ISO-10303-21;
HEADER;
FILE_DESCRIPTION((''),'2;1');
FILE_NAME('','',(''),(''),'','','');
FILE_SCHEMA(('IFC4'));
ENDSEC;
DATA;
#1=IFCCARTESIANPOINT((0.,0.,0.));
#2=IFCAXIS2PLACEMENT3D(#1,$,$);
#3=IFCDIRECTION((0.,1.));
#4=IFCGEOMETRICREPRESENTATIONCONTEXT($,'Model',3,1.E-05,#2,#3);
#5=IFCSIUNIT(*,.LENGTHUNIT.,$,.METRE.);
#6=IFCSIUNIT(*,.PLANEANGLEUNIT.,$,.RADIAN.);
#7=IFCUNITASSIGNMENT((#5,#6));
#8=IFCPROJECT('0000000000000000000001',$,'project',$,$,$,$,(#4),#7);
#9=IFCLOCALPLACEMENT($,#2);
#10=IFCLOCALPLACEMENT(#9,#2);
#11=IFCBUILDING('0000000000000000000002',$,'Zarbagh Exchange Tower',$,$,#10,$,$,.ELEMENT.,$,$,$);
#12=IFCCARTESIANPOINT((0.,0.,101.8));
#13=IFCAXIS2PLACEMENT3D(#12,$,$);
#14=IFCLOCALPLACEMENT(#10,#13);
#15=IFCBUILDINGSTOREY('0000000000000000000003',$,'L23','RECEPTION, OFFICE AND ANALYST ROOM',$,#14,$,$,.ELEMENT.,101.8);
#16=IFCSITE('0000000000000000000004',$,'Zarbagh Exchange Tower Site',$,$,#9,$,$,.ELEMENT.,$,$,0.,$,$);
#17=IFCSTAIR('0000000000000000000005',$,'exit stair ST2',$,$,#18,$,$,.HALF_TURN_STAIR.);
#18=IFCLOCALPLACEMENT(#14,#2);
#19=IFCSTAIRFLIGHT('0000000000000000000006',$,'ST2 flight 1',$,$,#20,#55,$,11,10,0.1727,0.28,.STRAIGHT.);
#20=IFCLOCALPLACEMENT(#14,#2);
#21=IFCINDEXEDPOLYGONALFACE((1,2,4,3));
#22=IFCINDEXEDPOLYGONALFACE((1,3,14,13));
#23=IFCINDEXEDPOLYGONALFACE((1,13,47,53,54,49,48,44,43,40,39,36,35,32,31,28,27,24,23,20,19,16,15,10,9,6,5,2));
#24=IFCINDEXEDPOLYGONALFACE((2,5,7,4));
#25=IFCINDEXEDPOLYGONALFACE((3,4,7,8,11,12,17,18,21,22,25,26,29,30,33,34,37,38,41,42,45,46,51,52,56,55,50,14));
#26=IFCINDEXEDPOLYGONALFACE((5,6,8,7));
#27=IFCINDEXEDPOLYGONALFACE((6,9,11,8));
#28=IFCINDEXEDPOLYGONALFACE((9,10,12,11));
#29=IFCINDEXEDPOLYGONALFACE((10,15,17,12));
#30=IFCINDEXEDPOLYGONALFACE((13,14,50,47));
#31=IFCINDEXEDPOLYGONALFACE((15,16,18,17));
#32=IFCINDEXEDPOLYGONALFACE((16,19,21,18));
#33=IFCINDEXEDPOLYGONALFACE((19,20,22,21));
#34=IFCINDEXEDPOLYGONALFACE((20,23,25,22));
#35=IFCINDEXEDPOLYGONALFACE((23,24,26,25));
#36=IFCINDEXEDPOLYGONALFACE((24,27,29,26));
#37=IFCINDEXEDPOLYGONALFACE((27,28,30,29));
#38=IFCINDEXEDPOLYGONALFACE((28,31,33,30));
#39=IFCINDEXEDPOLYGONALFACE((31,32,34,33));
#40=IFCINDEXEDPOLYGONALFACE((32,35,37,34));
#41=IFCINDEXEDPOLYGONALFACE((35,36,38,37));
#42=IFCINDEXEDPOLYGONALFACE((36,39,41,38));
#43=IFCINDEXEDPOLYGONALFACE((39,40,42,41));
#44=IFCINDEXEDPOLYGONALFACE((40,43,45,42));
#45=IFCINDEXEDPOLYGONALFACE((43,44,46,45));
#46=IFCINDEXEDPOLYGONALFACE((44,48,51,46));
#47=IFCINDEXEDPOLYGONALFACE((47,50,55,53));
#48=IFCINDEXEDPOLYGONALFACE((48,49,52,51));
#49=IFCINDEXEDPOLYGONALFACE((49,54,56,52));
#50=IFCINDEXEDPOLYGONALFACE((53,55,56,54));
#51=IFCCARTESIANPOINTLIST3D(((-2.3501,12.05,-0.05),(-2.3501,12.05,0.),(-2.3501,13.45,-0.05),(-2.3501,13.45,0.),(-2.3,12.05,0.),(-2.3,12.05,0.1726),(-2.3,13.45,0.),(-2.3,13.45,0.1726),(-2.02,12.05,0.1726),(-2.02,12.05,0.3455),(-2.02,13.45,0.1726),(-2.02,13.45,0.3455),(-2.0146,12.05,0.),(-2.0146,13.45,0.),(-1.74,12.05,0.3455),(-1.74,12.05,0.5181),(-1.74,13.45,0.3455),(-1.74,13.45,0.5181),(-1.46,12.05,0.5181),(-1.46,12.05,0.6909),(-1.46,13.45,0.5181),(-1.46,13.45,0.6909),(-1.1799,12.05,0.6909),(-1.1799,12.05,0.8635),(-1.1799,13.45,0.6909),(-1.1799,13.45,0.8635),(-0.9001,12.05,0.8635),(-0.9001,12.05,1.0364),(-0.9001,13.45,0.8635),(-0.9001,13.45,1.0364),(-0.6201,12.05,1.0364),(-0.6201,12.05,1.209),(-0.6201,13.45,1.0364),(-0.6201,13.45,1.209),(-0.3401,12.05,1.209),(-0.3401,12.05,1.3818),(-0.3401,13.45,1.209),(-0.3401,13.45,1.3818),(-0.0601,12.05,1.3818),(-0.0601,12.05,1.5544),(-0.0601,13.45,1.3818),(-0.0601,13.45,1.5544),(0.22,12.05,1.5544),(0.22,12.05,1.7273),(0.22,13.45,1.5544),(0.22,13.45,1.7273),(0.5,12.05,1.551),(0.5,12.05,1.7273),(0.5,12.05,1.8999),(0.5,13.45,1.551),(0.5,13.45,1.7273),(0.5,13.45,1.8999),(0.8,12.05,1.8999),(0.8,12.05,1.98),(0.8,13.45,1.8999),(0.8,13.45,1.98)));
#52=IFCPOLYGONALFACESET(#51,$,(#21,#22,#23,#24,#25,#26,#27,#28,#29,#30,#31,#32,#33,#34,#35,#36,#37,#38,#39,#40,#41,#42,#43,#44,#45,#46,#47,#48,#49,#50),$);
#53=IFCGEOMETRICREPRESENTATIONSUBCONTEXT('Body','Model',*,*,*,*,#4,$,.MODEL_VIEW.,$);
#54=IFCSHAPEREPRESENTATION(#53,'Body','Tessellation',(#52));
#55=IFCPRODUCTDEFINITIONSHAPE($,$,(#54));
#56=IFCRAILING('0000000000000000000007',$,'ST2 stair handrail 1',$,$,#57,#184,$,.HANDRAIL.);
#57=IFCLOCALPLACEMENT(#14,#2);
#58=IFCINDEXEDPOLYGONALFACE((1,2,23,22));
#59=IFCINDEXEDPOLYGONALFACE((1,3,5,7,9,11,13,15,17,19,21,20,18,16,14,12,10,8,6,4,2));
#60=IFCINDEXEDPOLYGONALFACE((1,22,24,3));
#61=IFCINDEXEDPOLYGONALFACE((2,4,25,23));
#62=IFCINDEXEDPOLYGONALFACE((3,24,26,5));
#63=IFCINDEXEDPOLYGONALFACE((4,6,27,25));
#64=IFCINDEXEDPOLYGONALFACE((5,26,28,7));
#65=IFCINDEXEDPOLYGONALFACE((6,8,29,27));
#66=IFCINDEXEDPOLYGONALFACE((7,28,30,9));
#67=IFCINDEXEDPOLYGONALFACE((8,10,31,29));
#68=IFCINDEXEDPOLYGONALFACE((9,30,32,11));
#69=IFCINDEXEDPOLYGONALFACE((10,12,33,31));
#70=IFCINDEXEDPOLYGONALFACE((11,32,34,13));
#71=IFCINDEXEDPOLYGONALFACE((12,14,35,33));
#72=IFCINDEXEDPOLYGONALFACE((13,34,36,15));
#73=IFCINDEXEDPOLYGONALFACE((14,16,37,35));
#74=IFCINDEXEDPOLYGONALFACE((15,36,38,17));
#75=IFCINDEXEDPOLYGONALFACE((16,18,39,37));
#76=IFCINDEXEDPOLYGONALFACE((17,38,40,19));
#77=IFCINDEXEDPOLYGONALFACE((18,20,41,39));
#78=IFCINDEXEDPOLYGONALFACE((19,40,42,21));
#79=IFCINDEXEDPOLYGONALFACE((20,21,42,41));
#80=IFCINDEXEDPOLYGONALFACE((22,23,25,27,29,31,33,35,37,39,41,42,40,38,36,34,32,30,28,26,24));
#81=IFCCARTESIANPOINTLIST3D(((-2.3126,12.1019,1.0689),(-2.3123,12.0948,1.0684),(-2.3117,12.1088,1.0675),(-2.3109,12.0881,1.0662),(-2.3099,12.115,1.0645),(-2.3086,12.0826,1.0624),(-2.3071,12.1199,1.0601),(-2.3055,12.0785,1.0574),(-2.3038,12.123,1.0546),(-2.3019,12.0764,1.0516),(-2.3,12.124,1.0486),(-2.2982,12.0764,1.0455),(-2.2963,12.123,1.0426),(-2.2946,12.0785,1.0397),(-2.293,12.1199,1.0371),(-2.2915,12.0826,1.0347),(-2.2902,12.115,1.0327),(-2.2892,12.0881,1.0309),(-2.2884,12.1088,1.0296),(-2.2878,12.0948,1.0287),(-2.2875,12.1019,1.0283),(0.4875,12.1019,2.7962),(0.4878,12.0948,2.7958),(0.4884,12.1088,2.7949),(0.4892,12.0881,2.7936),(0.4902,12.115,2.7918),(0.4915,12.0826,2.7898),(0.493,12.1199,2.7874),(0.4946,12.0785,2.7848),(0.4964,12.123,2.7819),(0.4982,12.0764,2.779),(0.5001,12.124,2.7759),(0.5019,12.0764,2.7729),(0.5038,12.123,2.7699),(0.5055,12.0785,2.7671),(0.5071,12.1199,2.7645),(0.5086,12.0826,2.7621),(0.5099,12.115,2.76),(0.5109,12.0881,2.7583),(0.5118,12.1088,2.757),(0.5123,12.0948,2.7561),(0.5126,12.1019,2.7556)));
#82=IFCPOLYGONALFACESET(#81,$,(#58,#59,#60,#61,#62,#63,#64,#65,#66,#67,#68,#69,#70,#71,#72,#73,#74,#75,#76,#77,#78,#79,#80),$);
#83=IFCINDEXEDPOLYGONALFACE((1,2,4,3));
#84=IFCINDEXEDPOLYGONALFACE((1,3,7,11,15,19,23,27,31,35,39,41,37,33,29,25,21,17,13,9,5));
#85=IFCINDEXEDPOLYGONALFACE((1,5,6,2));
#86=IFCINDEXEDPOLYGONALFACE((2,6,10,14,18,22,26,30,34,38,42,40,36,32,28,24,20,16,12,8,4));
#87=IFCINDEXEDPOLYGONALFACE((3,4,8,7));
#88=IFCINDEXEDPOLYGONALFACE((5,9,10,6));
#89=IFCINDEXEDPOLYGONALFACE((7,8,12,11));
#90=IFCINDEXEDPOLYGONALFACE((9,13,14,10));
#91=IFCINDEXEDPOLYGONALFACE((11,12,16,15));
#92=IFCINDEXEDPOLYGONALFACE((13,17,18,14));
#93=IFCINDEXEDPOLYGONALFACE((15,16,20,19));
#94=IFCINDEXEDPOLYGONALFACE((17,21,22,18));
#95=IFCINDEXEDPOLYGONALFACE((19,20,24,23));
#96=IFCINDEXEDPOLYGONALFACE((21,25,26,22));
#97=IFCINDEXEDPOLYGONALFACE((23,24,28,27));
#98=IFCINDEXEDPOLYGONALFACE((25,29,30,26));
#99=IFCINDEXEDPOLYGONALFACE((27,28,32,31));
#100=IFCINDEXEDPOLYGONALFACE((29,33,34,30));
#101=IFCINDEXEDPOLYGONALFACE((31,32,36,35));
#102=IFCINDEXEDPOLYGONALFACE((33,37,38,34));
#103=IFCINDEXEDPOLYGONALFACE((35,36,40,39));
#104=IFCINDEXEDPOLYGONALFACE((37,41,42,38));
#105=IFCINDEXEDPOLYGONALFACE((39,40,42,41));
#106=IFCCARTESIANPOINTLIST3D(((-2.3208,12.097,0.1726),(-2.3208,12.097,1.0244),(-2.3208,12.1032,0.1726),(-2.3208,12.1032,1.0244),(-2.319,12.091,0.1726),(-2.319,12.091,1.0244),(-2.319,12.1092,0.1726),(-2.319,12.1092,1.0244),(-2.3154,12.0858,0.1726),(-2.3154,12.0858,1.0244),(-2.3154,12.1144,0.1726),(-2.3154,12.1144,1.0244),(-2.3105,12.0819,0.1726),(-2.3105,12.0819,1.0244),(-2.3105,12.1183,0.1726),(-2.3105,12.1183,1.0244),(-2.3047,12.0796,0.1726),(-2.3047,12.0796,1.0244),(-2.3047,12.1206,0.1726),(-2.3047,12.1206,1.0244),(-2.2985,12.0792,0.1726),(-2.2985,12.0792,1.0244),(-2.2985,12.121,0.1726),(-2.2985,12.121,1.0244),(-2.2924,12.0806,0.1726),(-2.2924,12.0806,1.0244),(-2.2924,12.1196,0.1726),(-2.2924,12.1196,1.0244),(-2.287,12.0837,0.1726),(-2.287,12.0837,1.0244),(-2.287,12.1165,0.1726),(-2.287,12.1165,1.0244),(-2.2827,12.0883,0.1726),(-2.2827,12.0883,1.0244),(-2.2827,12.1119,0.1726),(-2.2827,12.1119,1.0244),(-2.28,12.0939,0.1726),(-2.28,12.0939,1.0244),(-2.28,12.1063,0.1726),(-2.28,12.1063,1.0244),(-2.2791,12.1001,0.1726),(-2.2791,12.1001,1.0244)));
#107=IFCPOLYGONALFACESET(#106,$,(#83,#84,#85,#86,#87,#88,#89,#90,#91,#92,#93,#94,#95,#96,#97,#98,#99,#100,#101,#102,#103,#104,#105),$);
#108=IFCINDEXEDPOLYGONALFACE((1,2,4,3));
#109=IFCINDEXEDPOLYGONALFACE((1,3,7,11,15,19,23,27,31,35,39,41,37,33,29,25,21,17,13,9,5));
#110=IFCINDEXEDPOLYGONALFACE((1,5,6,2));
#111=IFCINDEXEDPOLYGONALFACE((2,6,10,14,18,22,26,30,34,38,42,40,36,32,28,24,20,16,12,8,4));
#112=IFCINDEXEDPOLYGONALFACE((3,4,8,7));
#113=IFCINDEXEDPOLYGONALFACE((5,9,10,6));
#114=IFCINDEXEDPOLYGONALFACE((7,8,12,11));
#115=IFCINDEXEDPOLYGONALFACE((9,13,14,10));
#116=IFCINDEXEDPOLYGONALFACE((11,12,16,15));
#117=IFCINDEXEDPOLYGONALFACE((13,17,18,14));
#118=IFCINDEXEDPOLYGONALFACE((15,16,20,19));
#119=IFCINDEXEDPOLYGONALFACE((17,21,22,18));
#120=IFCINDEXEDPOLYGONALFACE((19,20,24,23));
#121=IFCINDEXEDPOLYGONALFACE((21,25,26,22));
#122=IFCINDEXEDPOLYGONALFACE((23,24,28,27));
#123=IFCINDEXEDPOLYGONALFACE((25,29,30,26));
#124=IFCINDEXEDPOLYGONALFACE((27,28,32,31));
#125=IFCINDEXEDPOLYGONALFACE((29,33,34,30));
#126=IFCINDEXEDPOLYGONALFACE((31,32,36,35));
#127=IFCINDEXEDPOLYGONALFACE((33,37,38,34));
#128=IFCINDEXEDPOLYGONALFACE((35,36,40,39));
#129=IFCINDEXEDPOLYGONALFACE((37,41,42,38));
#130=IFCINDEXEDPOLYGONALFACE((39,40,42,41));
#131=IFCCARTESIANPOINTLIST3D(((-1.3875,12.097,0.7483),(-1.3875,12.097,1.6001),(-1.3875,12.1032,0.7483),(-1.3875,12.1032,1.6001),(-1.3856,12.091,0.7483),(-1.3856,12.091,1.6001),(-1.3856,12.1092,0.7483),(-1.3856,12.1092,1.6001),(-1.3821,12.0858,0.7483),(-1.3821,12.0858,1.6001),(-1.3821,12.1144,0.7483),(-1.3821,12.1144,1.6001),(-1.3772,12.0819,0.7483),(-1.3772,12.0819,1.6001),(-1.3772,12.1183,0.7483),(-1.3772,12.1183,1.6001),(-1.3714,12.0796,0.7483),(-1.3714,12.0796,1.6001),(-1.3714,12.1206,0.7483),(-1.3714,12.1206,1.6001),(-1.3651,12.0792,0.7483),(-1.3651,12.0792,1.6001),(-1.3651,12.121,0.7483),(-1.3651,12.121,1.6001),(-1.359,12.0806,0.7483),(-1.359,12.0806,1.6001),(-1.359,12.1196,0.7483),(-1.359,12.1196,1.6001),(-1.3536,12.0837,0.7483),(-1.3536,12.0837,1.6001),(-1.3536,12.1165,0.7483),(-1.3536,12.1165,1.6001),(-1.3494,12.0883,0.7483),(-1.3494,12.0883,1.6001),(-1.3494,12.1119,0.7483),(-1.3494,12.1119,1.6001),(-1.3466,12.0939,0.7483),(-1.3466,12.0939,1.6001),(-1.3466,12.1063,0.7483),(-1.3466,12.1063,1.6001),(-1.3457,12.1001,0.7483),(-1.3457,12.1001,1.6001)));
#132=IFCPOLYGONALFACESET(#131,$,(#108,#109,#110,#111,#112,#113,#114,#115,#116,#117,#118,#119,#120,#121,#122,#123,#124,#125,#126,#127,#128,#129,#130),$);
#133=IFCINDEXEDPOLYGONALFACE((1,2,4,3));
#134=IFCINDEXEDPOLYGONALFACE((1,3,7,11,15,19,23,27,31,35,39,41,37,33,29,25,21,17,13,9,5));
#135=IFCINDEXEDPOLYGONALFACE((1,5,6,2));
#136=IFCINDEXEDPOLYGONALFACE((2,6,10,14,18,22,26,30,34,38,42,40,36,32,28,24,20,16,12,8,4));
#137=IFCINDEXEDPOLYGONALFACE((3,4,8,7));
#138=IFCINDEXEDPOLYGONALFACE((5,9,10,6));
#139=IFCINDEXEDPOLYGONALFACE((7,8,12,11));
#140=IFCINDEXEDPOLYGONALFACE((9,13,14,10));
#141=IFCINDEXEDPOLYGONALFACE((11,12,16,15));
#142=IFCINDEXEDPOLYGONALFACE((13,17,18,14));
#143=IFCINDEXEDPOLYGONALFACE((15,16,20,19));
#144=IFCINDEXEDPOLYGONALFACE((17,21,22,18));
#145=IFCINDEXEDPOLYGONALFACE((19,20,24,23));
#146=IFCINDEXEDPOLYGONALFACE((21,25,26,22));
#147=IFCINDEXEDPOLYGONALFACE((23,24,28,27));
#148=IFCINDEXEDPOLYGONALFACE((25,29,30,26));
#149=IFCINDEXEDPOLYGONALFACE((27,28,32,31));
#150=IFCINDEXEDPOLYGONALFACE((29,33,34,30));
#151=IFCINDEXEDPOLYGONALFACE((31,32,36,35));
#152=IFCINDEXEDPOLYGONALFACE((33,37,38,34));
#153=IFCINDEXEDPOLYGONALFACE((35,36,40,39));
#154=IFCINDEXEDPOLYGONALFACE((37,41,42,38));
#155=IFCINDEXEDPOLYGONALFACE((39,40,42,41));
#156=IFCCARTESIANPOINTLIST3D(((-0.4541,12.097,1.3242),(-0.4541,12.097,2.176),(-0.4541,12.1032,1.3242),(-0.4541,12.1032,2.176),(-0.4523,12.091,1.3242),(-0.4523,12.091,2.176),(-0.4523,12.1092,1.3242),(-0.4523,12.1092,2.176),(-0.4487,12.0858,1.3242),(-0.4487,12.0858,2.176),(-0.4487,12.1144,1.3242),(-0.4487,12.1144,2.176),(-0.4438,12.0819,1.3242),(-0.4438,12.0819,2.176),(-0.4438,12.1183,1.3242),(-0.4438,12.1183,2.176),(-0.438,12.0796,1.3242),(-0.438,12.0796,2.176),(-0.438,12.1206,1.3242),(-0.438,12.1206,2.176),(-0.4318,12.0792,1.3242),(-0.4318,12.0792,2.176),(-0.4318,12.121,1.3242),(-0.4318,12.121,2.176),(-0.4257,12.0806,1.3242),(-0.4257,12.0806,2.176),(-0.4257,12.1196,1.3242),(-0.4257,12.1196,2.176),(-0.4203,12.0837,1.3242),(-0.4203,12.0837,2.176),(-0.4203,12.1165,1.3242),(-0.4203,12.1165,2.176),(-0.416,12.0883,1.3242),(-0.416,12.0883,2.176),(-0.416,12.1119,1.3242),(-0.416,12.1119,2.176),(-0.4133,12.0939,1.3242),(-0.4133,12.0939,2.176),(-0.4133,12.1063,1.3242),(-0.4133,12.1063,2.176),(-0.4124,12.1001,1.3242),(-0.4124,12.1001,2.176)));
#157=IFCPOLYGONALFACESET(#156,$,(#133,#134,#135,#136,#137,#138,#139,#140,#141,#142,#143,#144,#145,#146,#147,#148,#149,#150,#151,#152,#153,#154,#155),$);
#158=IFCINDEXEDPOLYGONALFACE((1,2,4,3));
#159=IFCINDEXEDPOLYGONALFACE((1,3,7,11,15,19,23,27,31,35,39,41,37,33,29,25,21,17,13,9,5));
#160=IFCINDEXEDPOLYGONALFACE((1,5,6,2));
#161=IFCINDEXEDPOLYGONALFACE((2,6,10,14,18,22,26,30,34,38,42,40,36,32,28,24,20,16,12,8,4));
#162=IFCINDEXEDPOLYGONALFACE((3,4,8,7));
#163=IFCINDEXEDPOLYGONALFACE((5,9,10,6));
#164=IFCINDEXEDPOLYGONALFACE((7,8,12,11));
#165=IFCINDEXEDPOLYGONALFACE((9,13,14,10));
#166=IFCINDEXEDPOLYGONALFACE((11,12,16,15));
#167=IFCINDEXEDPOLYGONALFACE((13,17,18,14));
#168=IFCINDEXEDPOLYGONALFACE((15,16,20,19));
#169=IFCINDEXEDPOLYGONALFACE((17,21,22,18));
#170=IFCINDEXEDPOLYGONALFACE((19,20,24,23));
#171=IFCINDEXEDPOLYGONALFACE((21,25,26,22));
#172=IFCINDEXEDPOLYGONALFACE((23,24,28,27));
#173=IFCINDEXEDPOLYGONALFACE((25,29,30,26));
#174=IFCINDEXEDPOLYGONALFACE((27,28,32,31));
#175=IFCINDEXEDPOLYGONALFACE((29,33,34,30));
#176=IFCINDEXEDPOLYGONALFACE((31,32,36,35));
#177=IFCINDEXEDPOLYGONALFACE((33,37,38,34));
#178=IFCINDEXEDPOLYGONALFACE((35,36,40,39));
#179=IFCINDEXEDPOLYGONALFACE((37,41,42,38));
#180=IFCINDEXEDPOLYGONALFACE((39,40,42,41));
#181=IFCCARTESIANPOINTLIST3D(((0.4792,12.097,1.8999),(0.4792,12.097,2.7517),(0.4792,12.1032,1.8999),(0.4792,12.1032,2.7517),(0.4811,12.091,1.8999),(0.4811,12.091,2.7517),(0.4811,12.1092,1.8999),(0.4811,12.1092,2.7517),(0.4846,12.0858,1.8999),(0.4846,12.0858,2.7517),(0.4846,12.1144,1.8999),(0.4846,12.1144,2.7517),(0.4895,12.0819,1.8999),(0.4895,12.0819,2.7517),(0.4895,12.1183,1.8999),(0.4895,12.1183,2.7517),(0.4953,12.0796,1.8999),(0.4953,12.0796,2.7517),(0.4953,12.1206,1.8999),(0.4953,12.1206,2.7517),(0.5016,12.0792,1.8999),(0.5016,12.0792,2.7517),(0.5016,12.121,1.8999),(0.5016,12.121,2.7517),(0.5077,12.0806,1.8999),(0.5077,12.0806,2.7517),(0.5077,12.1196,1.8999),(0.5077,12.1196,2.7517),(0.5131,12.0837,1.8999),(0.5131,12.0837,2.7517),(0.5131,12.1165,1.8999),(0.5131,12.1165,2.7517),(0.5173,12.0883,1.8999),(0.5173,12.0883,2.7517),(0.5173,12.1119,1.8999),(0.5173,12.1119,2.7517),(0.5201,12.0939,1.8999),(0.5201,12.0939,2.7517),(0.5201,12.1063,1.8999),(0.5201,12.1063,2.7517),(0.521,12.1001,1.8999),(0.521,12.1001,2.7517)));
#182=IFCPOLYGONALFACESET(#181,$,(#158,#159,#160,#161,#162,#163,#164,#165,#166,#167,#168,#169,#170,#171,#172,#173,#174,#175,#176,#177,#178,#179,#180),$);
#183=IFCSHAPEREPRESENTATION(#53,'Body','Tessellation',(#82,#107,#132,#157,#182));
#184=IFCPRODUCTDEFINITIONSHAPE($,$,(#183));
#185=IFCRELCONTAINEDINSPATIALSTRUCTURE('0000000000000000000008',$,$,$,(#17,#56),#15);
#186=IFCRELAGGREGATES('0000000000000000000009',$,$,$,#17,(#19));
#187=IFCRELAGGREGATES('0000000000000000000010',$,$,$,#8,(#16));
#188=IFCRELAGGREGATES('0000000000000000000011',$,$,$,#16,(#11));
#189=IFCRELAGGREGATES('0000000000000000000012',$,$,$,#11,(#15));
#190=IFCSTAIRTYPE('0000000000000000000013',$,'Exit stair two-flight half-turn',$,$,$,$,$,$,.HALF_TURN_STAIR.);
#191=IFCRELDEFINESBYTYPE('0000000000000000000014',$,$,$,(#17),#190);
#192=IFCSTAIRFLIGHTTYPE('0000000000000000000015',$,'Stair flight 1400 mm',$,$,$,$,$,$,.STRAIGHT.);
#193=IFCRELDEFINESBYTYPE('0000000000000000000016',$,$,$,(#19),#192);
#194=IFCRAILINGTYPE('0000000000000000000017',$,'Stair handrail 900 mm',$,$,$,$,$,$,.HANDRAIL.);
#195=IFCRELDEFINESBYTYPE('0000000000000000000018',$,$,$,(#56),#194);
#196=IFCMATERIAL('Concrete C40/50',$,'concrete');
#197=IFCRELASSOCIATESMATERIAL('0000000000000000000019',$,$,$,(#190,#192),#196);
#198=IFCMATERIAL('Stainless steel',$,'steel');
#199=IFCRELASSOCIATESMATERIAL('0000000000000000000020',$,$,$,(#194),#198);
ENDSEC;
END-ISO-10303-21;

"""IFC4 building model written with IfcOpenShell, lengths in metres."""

from ifc_helpers import new_model, si_unit, direction, frame, origin, origin_2d, place, context, subcontext, project, spatial, polyline, circle, outline, extrude, material, type_object, element, aggregate, save


model = new_model("IFC4")

# Units and contexts
model_context = context("Model", 3, precision=1e-05, world=origin(), true_north=direction((0.0, 1.0)))
body_context = subcontext(model_context, "Body", "Model", "MODEL_VIEW")
ifc_project = project(units=[si_unit("LENGTHUNIT", "METRE"), si_unit("PLANEANGLEUNIT", "RADIAN")], contexts=[model_context])

# Site, building, storey
site_placement = place(None, origin())
site = spatial("IfcSite", under=ifc_project, at=site_placement, Name="Zarbagh Exchange Tower Site", CompositionType="ELEMENT", RefElevation=0.0)
building_placement = place(site_placement, origin())
building = spatial("IfcBuilding", under=site, at=building_placement, Name="Zarbagh Exchange Tower", CompositionType="ELEMENT")
storey_placement = place(building_placement, frame((0.0, 0.0, 101.8)))
storey = spatial("IfcBuildingStorey", under=building, at=storey_placement, Name="L23", Description="RECEPTION, OFFICE AND ANALYST ROOM", CompositionType="ELEMENT", Elevation=101.8)

# Shared definitions
ifc_material_1 = material(Name="Concrete C40/50", Category="concrete")

# Stair, stair flight
stair_type = type_object("IfcStairType", Name="Exit stair two-flight half-turn", PredefinedType="HALF_TURN_STAIR", material=ifc_material_1)
stair_placement = place(storey_placement, origin())
stair = element("IfcStair", 1, at=stair_placement, inside=storey, type_object=stair_type, Name="exit stair ST2", PredefinedType="HALF_TURN_STAIR")
stair_flight_type = type_object("IfcStairFlightType", Name="Stair flight 1400 mm", PredefinedType="STRAIGHT", material=ifc_material_1)
stair_flight_placement = place(storey_placement, frame((-2.3, 12.75, 0.0), z_axis=(0.0, 0.0, 1.0), x_axis=(1.0, 0.0, 0.0)))
stair_flight = element("IfcStairFlight", 2, at=stair_flight_placement, type_object=stair_flight_type, Name="ST2 flight 1", NumberOfRisers=11, NumberOfTreads=10, PredefinedType="STRAIGHT", RiserHeight=0.1727, TreadLength=0.28, context=body_context, shape_type="SweptSolid", body=[
    extrude(outline(polyline([(-0.05, -0.05), (-0.05, 0.0), (0.0, 0.0), (0.0, 0.1726), (0.28, 0.1726), (0.28, 0.3455), (0.5601, 0.3455), (0.5601, 0.5181), (0.8401, 0.5181), (0.8401, 0.6909), (1.1201, 0.6909), (1.1201, 0.8635), (1.3999, 0.8635), (1.3999, 1.0364), (1.6799, 1.0364), (1.6799, 1.209), (1.96, 1.209), (1.96, 1.3818), (2.24, 1.3818), (2.24, 1.5544), (2.52, 1.5544), (2.52, 1.7273), (2.8, 1.7273), (2.8, 1.8999), (3.1001, 1.98), (3.1001, 1.8999), (2.8, 1.551), (0.2854, 0.0), (-0.05, -0.05)])), frame((0.0, 0.7, 0.0), z_axis=(0.0, -1.0, 0.0), x_axis=(1.0, 0.0, 0.0)), (0.0, 0.0, 1.0), 1.3999),
])
aggregate(stair, [stair_flight])

# Railing
ifc_material_2 = material(Name="Stainless steel", Category="steel")
railing_type_1 = type_object("IfcRailingType", Name="Stair handrail 900 mm", PredefinedType="HANDRAIL", material=ifc_material_2)
railing_1_placement = place(storey_placement, frame((-2.3, 12.1001, 0.1726)))
element("IfcRailing", 3, at=railing_1_placement, inside=storey, type_object=railing_type_1, Name="ST2 stair handrail 1", PredefinedType="HANDRAIL", context=body_context, shape_type="SweptSolid", body=[
    extrude(circle(Radius=0.0239, at=origin_2d()), frame((0.0, 0.0, 0.876), z_axis=(0.85109, 0.0, 0.52502), x_axis=(0.0, 1.0, 0.0)), (0.0, 0.0, 1.0), 3.29),
    extrude(circle(Radius=0.021, at=origin_2d()), origin(), (0.0, 0.0, 1.0), 0.8518),
    extrude(circle(Radius=0.021, at=origin_2d()), frame((0.9333, 0.0, 0.5757)), (0.0, 0.0, 1.0), 0.8518),
    extrude(circle(Radius=0.021, at=origin_2d()), frame((1.8667, 0.0, 1.1516)), (0.0, 0.0, 1.0), 0.8518),
    extrude(circle(Radius=0.021, at=origin_2d()), frame((2.8, 0.0, 1.7273)), (0.0, 0.0, 1.0), 0.8518),
])

save(model, "model.ifc")
